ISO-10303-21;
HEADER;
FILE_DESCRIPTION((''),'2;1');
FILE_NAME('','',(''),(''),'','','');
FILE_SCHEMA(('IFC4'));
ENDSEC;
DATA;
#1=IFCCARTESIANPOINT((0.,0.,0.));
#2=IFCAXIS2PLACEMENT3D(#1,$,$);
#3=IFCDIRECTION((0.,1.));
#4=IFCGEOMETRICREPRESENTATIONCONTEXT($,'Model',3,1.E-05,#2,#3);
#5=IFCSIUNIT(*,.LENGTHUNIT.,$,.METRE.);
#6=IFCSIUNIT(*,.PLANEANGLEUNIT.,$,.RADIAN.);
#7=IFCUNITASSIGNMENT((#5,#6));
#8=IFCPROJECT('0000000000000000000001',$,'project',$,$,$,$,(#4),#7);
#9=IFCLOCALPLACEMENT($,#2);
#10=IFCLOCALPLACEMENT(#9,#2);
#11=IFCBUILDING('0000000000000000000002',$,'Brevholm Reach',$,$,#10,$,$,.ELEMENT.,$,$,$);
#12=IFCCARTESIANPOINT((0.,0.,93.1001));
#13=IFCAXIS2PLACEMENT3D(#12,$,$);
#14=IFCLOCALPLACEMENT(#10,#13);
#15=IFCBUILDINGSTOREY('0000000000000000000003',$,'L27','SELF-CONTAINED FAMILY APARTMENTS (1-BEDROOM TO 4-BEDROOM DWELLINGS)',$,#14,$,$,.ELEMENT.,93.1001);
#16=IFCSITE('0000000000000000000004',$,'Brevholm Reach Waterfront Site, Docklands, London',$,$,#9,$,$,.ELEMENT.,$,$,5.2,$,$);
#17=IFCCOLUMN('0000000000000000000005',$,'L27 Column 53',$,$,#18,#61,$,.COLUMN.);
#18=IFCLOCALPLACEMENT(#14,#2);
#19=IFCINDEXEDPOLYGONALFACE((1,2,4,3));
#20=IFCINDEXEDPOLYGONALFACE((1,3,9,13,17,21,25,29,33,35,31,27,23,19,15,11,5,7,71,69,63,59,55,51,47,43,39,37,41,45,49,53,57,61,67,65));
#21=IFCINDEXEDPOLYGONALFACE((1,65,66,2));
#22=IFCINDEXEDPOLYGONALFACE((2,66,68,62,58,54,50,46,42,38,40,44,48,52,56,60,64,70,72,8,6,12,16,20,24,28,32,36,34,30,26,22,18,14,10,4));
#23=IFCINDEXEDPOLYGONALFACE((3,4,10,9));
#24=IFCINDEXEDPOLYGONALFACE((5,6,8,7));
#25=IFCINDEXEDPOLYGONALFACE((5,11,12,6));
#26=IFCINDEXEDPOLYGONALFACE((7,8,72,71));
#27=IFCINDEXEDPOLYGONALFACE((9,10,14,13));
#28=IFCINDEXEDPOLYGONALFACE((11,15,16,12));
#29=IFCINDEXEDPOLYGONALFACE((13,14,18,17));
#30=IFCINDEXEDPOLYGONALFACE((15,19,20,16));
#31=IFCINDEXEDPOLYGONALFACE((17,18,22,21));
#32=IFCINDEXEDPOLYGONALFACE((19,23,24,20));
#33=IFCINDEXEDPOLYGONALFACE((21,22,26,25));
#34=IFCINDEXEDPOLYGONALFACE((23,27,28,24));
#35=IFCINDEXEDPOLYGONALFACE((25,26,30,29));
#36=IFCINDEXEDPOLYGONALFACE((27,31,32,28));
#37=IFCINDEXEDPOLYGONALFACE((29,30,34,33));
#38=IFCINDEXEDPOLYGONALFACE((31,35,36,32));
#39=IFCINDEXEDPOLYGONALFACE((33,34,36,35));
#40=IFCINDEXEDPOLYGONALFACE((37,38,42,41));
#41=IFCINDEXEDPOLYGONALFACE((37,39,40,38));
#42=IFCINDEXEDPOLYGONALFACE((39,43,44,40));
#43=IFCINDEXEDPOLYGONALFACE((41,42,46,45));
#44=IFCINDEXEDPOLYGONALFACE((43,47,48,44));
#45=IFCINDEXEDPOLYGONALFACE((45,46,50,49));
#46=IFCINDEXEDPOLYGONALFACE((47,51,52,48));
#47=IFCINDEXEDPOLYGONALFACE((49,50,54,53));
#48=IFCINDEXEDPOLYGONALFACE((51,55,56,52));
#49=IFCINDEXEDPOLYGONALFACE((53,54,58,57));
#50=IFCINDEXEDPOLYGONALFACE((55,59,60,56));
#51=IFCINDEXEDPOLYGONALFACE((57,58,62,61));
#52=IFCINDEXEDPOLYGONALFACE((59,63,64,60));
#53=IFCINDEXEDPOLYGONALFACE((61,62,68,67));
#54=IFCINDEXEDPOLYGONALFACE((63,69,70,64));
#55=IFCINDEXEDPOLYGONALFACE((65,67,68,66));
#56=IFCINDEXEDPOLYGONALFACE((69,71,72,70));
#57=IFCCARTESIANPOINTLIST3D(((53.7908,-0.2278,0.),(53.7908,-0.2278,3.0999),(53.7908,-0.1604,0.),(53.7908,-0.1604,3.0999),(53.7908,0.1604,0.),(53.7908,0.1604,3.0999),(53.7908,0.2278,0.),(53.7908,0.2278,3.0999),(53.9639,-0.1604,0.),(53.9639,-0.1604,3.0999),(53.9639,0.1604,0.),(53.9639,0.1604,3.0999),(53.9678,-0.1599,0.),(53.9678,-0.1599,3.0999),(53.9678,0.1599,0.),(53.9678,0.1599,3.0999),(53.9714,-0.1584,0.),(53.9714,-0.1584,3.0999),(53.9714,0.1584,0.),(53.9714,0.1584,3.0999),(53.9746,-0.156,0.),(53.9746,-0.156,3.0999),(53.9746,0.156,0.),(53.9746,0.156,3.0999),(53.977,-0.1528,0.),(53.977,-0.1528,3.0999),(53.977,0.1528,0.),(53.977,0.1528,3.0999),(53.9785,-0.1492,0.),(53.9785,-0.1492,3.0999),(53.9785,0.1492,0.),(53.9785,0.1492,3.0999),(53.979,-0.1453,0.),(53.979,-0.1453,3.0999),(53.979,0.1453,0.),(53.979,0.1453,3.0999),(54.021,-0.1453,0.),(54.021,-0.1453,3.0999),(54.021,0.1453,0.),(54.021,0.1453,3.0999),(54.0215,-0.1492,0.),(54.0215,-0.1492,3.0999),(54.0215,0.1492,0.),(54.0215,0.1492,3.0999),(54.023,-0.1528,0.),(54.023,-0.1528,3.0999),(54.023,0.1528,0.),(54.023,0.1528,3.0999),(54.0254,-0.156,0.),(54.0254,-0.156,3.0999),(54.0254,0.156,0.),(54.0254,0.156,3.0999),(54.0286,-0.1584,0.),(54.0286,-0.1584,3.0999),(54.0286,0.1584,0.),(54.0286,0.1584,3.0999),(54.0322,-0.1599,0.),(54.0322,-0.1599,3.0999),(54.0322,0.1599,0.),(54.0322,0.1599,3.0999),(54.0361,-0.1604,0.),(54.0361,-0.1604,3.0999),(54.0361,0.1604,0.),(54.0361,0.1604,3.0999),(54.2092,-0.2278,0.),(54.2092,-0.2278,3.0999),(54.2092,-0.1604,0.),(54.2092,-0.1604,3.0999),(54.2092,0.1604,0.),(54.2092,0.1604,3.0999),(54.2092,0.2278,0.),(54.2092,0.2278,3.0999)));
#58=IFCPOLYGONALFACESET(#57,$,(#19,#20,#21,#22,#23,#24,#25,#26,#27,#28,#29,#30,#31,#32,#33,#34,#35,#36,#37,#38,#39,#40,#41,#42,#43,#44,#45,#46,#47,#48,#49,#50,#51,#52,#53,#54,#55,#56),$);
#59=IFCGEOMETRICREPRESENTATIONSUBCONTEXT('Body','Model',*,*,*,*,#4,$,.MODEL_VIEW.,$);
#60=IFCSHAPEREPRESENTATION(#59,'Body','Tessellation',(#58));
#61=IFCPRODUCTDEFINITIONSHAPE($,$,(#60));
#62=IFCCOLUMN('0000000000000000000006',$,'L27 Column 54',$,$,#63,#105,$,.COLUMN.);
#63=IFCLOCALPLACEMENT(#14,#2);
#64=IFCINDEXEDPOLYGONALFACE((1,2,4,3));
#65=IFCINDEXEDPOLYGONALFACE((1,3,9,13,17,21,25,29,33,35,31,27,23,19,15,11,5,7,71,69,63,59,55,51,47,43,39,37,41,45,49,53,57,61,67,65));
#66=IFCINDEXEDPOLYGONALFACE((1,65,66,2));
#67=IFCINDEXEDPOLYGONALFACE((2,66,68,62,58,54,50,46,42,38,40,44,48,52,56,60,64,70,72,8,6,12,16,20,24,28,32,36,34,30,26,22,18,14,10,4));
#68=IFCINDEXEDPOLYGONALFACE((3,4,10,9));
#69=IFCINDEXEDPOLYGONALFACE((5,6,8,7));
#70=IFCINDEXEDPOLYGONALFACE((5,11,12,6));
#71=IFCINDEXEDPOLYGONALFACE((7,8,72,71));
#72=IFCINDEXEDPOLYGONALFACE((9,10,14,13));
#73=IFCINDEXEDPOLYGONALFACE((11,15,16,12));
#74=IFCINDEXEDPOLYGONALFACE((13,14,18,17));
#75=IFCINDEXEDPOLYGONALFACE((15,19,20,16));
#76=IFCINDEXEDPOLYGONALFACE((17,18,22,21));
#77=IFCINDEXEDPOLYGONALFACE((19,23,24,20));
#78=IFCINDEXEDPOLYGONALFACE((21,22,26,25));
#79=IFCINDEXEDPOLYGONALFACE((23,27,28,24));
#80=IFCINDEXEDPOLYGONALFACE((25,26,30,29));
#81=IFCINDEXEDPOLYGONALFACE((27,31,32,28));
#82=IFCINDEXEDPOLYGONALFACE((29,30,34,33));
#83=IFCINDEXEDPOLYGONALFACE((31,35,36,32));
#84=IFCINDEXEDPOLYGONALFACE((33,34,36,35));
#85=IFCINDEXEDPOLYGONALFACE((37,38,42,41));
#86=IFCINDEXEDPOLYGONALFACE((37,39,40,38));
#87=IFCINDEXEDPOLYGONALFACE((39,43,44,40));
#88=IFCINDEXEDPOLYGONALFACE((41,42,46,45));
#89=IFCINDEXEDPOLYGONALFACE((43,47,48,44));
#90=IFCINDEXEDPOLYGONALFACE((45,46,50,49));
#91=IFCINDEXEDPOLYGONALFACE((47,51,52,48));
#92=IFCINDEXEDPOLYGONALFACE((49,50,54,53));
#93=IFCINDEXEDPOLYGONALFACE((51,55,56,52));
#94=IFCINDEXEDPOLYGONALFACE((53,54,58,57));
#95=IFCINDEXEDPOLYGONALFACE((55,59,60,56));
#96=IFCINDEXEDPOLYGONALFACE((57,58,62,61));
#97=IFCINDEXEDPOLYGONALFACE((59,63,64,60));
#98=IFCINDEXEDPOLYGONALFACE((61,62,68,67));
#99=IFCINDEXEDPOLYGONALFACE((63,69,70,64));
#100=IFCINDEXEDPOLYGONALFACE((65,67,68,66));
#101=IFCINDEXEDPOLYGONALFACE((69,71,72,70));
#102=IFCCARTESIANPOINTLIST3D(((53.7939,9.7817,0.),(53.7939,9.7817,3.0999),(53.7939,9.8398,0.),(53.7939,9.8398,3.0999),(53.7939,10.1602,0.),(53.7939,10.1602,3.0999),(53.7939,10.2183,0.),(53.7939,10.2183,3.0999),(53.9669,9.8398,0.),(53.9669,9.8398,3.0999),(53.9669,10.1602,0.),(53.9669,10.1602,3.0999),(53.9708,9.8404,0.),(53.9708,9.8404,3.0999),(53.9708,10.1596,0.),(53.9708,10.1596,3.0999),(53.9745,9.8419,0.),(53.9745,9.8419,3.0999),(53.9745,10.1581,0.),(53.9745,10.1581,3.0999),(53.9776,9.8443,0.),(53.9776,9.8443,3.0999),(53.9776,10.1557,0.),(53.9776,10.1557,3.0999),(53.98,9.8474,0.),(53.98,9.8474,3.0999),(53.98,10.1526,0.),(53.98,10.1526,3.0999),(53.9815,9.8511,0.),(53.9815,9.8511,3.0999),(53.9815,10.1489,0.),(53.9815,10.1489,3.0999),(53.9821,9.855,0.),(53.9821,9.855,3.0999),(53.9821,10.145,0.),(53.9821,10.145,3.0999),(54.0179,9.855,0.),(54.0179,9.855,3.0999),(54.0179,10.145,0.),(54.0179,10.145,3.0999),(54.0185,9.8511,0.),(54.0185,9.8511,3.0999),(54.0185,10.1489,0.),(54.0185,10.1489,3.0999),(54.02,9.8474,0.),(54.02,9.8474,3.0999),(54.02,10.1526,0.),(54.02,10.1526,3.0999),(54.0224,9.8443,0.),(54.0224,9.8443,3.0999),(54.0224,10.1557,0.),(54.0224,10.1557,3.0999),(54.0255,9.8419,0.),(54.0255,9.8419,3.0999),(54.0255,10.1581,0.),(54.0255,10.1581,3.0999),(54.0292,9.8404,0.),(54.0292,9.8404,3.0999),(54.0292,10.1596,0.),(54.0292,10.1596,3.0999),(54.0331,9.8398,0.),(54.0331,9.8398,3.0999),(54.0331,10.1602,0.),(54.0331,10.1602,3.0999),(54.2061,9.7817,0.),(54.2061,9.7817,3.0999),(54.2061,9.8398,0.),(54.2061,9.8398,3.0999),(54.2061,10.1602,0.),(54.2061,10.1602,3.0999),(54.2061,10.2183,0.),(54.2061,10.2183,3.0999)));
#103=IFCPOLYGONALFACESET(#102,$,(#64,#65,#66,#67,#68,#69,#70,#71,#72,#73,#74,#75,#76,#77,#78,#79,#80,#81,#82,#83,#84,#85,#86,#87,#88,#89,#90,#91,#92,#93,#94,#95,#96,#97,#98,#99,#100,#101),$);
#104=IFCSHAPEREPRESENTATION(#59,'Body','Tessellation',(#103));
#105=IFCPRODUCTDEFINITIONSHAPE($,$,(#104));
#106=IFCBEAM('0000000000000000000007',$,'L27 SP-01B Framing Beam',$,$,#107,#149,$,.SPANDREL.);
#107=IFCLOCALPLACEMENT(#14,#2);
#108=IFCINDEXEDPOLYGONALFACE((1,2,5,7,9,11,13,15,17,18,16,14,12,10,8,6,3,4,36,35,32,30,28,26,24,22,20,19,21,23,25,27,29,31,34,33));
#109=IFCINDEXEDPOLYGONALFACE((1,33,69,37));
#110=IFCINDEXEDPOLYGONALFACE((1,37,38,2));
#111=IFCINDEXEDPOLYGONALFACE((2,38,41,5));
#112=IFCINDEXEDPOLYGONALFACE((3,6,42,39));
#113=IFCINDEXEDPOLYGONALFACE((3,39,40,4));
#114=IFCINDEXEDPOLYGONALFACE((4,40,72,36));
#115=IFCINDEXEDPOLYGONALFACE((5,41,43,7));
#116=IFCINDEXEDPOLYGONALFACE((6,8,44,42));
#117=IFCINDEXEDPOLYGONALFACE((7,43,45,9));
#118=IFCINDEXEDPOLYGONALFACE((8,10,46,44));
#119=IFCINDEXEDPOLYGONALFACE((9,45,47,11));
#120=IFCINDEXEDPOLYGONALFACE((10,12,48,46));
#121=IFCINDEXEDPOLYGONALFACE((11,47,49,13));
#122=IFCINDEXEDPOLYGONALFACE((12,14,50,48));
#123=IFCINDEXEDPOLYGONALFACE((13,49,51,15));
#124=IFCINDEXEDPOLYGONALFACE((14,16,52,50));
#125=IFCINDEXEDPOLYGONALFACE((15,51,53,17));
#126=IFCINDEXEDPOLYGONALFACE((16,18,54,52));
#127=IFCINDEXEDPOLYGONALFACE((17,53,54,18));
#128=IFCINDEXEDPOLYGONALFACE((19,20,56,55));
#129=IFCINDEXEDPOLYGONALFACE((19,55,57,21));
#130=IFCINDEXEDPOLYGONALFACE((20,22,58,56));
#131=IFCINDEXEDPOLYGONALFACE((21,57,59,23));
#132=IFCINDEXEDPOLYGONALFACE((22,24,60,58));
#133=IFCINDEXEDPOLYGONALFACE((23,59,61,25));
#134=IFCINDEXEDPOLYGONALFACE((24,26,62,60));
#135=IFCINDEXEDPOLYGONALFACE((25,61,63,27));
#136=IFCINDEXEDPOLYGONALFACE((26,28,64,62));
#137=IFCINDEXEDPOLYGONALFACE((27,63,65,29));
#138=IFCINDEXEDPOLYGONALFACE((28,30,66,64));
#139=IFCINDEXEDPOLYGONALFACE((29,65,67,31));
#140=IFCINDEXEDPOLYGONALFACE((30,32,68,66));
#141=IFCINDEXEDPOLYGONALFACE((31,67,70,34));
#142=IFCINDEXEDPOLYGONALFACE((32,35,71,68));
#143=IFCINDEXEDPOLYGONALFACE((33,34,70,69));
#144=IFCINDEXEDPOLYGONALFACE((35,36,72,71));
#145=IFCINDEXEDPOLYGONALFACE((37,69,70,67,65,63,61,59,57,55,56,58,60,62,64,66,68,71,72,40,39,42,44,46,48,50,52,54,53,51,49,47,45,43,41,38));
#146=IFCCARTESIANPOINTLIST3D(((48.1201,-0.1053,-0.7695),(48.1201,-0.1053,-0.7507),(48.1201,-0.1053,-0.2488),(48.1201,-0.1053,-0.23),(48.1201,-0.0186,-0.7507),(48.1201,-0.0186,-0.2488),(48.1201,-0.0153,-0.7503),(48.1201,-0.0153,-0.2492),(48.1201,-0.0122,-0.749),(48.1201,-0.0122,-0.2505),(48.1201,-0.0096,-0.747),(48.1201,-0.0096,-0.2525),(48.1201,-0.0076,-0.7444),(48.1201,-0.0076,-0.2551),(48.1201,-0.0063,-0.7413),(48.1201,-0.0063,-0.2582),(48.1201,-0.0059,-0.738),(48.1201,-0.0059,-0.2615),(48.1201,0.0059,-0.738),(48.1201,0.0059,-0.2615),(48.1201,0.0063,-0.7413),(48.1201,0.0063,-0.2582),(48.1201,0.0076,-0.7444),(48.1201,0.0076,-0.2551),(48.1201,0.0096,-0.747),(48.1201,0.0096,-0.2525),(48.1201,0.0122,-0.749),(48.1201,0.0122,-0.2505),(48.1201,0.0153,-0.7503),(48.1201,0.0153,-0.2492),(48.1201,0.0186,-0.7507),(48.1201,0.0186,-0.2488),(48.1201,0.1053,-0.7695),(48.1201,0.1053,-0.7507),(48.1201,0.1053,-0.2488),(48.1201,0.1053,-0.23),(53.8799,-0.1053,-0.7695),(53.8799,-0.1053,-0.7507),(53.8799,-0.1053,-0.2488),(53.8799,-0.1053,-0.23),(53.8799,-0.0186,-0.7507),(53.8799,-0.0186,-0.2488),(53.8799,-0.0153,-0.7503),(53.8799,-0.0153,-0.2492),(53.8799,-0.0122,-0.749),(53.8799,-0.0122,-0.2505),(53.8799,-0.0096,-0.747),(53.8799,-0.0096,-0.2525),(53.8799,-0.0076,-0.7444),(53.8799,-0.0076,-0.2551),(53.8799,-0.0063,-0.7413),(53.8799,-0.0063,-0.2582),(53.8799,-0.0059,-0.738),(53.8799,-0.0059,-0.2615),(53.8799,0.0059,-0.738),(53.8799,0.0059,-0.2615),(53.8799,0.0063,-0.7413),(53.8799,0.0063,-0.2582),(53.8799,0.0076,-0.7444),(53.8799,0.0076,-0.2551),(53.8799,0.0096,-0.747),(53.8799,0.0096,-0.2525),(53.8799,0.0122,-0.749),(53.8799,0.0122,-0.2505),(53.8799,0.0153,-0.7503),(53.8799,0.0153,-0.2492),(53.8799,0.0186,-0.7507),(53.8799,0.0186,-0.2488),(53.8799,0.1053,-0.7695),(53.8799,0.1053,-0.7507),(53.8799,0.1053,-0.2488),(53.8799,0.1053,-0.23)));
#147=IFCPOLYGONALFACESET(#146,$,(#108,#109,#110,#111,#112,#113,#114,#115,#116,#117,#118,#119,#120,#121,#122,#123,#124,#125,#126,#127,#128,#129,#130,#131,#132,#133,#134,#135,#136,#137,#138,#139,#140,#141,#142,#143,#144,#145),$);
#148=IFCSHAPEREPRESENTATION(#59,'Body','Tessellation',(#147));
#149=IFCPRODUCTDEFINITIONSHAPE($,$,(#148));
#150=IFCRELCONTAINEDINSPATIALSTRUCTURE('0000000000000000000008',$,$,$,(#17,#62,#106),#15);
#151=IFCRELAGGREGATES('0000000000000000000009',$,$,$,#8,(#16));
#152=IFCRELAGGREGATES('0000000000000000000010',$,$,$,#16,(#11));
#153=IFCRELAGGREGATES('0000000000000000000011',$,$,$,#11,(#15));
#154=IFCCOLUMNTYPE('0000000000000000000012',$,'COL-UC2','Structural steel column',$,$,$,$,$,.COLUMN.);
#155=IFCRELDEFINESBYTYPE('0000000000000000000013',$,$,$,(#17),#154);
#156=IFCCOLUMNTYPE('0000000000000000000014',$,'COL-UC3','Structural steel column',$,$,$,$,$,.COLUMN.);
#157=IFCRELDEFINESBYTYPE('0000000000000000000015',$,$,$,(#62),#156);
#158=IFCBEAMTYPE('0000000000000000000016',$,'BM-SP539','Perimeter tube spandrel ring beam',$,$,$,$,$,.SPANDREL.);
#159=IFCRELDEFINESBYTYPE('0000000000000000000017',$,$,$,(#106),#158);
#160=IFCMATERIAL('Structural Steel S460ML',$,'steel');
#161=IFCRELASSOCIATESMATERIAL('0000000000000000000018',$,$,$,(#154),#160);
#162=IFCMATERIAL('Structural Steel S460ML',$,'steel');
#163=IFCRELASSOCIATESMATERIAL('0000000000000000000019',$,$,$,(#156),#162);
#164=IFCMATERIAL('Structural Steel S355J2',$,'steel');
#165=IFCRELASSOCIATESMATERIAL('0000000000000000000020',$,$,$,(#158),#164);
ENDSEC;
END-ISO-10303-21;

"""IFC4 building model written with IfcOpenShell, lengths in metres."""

from ifc_helpers import new_model, si_unit, direction, frame, origin, origin_2d, place, context, subcontext, project, spatial, i_section, extrude, material, material_profile, profile_set, type_object, element, save


model = new_model("IFC4")

# Units and contexts
model_context = context("Model", 3, precision=1e-05, world=origin(), true_north=direction((0.0, 1.0)))
body_context = subcontext(model_context, "Body", "Model", "MODEL_VIEW")
ifc_project = project(units=[si_unit("LENGTHUNIT", "METRE"), si_unit("PLANEANGLEUNIT", "RADIAN")], contexts=[model_context])

# Site, building, storey
site_placement = place(None, origin())
site = spatial("IfcSite", under=ifc_project, at=site_placement, Name="Brevholm Reach Waterfront Site, Docklands, London", CompositionType="ELEMENT", RefElevation=5.2)
building_placement = place(site_placement, origin())
building = spatial("IfcBuilding", under=site, at=building_placement, Name="Brevholm Reach", CompositionType="ELEMENT")
storey_placement = place(building_placement, frame((0.0, 0.0, 93.1001)))
storey = spatial("IfcBuildingStorey", under=building, at=storey_placement, Name="L27", Description="SELF-CONTAINED FAMILY APARTMENTS (1-BEDROOM TO 4-BEDROOM DWELLINGS)", CompositionType="ELEMENT", Elevation=93.1001)

# Columns
ifc_material_1 = material(Name="Structural Steel S460ML", Category="steel")
ifc_material_profile_1 = material_profile(ifc_material_1, i_section(OverallWidth=0.4185, OverallDepth=0.4556, WebThickness=0.042, FlangeThickness=0.0674, FilletRadius=0.0151, at=origin_2d()), Name="UKC 356x406x551")
ifc_profile_set_1 = profile_set([ifc_material_profile_1], Name="Structural Steel S460ML")
column_type_1 = type_object("IfcColumnType", Name="COL-UC2", Description="Structural steel column", PredefinedType="COLUMN", material=ifc_profile_set_1)
column_1_placement = place(storey_placement, frame((54.0, 0.0, 0.0), z_axis=(0.0, 0.0, 1.0), x_axis=(1.0, 0.0, 0.0)))
element("IfcColumn", 1, at=column_1_placement, inside=storey, type_object=column_type_1, Name="L27 Column 53", PredefinedType="COLUMN", context=body_context, shape_type="SweptSolid", body=[
    extrude(i_section(OverallWidth=0.4185, OverallDepth=0.4556, WebThickness=0.042, FlangeThickness=0.0674, FilletRadius=0.0151, at=origin_2d()), origin(), (0.0, 0.0, 1.0), 3.0999),
])
ifc_material_2 = material(Name="Structural Steel S460ML", Category="steel")
ifc_material_profile_2 = material_profile(ifc_material_2, i_section(OverallWidth=0.4121, OverallDepth=0.4365, WebThickness=0.0359, FlangeThickness=0.0581, FilletRadius=0.0151, at=origin_2d()), Name="UKC 356x406x467")
ifc_profile_set_2 = profile_set([ifc_material_profile_2], Name="Structural Steel S460ML")
column_type_2 = type_object("IfcColumnType", Name="COL-UC3", Description="Structural steel column", PredefinedType="COLUMN", material=ifc_profile_set_2)
column_2_placement = place(storey_placement, frame((54.0, 10.0, 0.0), z_axis=(0.0, 0.0, 1.0), x_axis=(1.0, 0.0, 0.0)))
element("IfcColumn", 2, at=column_2_placement, inside=storey, type_object=column_type_2, Name="L27 Column 54", PredefinedType="COLUMN", context=body_context, shape_type="SweptSolid", body=[
    extrude(i_section(OverallWidth=0.4121, OverallDepth=0.4365, WebThickness=0.0359, FlangeThickness=0.0581, FilletRadius=0.0151, at=origin_2d()), origin(), (0.0, 0.0, 1.0), 3.0999),
])

# Beam
ifc_material_3 = material(Name="Structural Steel S355J2", Category="steel")
ifc_material_profile_3 = material_profile(ifc_material_3, i_section(OverallWidth=0.2107, OverallDepth=0.5396, WebThickness=0.0117, FlangeThickness=0.0188, FilletRadius=0.0127, at=origin_2d()), Name="UKB 533x210x109")
ifc_profile_set_3 = profile_set([ifc_material_profile_3], Name="Structural Steel S355J2")
beam_type_1 = type_object("IfcBeamType", Name="BM-SP539", Description="Perimeter tube spandrel ring beam", PredefinedType="SPANDREL", material=ifc_profile_set_3)
beam_1_placement = place(storey_placement, frame((48.1201, 0.0, -0.4998), z_axis=(1.0, 0.0, 0.0), x_axis=(0.0, 1.0, 0.0)))
element("IfcBeam", 3, at=beam_1_placement, inside=storey, type_object=beam_type_1, Name="L27 SP-01B Framing Beam", PredefinedType="SPANDREL", context=body_context, shape_type="SweptSolid", body=[
    extrude(i_section(OverallWidth=0.2107, OverallDepth=0.5396, WebThickness=0.0117, FlangeThickness=0.0188, FilletRadius=0.0127, at=origin_2d()), origin(), (0.0, 0.0, 1.0), 5.7598),
])

save(model, "model.ifc")
